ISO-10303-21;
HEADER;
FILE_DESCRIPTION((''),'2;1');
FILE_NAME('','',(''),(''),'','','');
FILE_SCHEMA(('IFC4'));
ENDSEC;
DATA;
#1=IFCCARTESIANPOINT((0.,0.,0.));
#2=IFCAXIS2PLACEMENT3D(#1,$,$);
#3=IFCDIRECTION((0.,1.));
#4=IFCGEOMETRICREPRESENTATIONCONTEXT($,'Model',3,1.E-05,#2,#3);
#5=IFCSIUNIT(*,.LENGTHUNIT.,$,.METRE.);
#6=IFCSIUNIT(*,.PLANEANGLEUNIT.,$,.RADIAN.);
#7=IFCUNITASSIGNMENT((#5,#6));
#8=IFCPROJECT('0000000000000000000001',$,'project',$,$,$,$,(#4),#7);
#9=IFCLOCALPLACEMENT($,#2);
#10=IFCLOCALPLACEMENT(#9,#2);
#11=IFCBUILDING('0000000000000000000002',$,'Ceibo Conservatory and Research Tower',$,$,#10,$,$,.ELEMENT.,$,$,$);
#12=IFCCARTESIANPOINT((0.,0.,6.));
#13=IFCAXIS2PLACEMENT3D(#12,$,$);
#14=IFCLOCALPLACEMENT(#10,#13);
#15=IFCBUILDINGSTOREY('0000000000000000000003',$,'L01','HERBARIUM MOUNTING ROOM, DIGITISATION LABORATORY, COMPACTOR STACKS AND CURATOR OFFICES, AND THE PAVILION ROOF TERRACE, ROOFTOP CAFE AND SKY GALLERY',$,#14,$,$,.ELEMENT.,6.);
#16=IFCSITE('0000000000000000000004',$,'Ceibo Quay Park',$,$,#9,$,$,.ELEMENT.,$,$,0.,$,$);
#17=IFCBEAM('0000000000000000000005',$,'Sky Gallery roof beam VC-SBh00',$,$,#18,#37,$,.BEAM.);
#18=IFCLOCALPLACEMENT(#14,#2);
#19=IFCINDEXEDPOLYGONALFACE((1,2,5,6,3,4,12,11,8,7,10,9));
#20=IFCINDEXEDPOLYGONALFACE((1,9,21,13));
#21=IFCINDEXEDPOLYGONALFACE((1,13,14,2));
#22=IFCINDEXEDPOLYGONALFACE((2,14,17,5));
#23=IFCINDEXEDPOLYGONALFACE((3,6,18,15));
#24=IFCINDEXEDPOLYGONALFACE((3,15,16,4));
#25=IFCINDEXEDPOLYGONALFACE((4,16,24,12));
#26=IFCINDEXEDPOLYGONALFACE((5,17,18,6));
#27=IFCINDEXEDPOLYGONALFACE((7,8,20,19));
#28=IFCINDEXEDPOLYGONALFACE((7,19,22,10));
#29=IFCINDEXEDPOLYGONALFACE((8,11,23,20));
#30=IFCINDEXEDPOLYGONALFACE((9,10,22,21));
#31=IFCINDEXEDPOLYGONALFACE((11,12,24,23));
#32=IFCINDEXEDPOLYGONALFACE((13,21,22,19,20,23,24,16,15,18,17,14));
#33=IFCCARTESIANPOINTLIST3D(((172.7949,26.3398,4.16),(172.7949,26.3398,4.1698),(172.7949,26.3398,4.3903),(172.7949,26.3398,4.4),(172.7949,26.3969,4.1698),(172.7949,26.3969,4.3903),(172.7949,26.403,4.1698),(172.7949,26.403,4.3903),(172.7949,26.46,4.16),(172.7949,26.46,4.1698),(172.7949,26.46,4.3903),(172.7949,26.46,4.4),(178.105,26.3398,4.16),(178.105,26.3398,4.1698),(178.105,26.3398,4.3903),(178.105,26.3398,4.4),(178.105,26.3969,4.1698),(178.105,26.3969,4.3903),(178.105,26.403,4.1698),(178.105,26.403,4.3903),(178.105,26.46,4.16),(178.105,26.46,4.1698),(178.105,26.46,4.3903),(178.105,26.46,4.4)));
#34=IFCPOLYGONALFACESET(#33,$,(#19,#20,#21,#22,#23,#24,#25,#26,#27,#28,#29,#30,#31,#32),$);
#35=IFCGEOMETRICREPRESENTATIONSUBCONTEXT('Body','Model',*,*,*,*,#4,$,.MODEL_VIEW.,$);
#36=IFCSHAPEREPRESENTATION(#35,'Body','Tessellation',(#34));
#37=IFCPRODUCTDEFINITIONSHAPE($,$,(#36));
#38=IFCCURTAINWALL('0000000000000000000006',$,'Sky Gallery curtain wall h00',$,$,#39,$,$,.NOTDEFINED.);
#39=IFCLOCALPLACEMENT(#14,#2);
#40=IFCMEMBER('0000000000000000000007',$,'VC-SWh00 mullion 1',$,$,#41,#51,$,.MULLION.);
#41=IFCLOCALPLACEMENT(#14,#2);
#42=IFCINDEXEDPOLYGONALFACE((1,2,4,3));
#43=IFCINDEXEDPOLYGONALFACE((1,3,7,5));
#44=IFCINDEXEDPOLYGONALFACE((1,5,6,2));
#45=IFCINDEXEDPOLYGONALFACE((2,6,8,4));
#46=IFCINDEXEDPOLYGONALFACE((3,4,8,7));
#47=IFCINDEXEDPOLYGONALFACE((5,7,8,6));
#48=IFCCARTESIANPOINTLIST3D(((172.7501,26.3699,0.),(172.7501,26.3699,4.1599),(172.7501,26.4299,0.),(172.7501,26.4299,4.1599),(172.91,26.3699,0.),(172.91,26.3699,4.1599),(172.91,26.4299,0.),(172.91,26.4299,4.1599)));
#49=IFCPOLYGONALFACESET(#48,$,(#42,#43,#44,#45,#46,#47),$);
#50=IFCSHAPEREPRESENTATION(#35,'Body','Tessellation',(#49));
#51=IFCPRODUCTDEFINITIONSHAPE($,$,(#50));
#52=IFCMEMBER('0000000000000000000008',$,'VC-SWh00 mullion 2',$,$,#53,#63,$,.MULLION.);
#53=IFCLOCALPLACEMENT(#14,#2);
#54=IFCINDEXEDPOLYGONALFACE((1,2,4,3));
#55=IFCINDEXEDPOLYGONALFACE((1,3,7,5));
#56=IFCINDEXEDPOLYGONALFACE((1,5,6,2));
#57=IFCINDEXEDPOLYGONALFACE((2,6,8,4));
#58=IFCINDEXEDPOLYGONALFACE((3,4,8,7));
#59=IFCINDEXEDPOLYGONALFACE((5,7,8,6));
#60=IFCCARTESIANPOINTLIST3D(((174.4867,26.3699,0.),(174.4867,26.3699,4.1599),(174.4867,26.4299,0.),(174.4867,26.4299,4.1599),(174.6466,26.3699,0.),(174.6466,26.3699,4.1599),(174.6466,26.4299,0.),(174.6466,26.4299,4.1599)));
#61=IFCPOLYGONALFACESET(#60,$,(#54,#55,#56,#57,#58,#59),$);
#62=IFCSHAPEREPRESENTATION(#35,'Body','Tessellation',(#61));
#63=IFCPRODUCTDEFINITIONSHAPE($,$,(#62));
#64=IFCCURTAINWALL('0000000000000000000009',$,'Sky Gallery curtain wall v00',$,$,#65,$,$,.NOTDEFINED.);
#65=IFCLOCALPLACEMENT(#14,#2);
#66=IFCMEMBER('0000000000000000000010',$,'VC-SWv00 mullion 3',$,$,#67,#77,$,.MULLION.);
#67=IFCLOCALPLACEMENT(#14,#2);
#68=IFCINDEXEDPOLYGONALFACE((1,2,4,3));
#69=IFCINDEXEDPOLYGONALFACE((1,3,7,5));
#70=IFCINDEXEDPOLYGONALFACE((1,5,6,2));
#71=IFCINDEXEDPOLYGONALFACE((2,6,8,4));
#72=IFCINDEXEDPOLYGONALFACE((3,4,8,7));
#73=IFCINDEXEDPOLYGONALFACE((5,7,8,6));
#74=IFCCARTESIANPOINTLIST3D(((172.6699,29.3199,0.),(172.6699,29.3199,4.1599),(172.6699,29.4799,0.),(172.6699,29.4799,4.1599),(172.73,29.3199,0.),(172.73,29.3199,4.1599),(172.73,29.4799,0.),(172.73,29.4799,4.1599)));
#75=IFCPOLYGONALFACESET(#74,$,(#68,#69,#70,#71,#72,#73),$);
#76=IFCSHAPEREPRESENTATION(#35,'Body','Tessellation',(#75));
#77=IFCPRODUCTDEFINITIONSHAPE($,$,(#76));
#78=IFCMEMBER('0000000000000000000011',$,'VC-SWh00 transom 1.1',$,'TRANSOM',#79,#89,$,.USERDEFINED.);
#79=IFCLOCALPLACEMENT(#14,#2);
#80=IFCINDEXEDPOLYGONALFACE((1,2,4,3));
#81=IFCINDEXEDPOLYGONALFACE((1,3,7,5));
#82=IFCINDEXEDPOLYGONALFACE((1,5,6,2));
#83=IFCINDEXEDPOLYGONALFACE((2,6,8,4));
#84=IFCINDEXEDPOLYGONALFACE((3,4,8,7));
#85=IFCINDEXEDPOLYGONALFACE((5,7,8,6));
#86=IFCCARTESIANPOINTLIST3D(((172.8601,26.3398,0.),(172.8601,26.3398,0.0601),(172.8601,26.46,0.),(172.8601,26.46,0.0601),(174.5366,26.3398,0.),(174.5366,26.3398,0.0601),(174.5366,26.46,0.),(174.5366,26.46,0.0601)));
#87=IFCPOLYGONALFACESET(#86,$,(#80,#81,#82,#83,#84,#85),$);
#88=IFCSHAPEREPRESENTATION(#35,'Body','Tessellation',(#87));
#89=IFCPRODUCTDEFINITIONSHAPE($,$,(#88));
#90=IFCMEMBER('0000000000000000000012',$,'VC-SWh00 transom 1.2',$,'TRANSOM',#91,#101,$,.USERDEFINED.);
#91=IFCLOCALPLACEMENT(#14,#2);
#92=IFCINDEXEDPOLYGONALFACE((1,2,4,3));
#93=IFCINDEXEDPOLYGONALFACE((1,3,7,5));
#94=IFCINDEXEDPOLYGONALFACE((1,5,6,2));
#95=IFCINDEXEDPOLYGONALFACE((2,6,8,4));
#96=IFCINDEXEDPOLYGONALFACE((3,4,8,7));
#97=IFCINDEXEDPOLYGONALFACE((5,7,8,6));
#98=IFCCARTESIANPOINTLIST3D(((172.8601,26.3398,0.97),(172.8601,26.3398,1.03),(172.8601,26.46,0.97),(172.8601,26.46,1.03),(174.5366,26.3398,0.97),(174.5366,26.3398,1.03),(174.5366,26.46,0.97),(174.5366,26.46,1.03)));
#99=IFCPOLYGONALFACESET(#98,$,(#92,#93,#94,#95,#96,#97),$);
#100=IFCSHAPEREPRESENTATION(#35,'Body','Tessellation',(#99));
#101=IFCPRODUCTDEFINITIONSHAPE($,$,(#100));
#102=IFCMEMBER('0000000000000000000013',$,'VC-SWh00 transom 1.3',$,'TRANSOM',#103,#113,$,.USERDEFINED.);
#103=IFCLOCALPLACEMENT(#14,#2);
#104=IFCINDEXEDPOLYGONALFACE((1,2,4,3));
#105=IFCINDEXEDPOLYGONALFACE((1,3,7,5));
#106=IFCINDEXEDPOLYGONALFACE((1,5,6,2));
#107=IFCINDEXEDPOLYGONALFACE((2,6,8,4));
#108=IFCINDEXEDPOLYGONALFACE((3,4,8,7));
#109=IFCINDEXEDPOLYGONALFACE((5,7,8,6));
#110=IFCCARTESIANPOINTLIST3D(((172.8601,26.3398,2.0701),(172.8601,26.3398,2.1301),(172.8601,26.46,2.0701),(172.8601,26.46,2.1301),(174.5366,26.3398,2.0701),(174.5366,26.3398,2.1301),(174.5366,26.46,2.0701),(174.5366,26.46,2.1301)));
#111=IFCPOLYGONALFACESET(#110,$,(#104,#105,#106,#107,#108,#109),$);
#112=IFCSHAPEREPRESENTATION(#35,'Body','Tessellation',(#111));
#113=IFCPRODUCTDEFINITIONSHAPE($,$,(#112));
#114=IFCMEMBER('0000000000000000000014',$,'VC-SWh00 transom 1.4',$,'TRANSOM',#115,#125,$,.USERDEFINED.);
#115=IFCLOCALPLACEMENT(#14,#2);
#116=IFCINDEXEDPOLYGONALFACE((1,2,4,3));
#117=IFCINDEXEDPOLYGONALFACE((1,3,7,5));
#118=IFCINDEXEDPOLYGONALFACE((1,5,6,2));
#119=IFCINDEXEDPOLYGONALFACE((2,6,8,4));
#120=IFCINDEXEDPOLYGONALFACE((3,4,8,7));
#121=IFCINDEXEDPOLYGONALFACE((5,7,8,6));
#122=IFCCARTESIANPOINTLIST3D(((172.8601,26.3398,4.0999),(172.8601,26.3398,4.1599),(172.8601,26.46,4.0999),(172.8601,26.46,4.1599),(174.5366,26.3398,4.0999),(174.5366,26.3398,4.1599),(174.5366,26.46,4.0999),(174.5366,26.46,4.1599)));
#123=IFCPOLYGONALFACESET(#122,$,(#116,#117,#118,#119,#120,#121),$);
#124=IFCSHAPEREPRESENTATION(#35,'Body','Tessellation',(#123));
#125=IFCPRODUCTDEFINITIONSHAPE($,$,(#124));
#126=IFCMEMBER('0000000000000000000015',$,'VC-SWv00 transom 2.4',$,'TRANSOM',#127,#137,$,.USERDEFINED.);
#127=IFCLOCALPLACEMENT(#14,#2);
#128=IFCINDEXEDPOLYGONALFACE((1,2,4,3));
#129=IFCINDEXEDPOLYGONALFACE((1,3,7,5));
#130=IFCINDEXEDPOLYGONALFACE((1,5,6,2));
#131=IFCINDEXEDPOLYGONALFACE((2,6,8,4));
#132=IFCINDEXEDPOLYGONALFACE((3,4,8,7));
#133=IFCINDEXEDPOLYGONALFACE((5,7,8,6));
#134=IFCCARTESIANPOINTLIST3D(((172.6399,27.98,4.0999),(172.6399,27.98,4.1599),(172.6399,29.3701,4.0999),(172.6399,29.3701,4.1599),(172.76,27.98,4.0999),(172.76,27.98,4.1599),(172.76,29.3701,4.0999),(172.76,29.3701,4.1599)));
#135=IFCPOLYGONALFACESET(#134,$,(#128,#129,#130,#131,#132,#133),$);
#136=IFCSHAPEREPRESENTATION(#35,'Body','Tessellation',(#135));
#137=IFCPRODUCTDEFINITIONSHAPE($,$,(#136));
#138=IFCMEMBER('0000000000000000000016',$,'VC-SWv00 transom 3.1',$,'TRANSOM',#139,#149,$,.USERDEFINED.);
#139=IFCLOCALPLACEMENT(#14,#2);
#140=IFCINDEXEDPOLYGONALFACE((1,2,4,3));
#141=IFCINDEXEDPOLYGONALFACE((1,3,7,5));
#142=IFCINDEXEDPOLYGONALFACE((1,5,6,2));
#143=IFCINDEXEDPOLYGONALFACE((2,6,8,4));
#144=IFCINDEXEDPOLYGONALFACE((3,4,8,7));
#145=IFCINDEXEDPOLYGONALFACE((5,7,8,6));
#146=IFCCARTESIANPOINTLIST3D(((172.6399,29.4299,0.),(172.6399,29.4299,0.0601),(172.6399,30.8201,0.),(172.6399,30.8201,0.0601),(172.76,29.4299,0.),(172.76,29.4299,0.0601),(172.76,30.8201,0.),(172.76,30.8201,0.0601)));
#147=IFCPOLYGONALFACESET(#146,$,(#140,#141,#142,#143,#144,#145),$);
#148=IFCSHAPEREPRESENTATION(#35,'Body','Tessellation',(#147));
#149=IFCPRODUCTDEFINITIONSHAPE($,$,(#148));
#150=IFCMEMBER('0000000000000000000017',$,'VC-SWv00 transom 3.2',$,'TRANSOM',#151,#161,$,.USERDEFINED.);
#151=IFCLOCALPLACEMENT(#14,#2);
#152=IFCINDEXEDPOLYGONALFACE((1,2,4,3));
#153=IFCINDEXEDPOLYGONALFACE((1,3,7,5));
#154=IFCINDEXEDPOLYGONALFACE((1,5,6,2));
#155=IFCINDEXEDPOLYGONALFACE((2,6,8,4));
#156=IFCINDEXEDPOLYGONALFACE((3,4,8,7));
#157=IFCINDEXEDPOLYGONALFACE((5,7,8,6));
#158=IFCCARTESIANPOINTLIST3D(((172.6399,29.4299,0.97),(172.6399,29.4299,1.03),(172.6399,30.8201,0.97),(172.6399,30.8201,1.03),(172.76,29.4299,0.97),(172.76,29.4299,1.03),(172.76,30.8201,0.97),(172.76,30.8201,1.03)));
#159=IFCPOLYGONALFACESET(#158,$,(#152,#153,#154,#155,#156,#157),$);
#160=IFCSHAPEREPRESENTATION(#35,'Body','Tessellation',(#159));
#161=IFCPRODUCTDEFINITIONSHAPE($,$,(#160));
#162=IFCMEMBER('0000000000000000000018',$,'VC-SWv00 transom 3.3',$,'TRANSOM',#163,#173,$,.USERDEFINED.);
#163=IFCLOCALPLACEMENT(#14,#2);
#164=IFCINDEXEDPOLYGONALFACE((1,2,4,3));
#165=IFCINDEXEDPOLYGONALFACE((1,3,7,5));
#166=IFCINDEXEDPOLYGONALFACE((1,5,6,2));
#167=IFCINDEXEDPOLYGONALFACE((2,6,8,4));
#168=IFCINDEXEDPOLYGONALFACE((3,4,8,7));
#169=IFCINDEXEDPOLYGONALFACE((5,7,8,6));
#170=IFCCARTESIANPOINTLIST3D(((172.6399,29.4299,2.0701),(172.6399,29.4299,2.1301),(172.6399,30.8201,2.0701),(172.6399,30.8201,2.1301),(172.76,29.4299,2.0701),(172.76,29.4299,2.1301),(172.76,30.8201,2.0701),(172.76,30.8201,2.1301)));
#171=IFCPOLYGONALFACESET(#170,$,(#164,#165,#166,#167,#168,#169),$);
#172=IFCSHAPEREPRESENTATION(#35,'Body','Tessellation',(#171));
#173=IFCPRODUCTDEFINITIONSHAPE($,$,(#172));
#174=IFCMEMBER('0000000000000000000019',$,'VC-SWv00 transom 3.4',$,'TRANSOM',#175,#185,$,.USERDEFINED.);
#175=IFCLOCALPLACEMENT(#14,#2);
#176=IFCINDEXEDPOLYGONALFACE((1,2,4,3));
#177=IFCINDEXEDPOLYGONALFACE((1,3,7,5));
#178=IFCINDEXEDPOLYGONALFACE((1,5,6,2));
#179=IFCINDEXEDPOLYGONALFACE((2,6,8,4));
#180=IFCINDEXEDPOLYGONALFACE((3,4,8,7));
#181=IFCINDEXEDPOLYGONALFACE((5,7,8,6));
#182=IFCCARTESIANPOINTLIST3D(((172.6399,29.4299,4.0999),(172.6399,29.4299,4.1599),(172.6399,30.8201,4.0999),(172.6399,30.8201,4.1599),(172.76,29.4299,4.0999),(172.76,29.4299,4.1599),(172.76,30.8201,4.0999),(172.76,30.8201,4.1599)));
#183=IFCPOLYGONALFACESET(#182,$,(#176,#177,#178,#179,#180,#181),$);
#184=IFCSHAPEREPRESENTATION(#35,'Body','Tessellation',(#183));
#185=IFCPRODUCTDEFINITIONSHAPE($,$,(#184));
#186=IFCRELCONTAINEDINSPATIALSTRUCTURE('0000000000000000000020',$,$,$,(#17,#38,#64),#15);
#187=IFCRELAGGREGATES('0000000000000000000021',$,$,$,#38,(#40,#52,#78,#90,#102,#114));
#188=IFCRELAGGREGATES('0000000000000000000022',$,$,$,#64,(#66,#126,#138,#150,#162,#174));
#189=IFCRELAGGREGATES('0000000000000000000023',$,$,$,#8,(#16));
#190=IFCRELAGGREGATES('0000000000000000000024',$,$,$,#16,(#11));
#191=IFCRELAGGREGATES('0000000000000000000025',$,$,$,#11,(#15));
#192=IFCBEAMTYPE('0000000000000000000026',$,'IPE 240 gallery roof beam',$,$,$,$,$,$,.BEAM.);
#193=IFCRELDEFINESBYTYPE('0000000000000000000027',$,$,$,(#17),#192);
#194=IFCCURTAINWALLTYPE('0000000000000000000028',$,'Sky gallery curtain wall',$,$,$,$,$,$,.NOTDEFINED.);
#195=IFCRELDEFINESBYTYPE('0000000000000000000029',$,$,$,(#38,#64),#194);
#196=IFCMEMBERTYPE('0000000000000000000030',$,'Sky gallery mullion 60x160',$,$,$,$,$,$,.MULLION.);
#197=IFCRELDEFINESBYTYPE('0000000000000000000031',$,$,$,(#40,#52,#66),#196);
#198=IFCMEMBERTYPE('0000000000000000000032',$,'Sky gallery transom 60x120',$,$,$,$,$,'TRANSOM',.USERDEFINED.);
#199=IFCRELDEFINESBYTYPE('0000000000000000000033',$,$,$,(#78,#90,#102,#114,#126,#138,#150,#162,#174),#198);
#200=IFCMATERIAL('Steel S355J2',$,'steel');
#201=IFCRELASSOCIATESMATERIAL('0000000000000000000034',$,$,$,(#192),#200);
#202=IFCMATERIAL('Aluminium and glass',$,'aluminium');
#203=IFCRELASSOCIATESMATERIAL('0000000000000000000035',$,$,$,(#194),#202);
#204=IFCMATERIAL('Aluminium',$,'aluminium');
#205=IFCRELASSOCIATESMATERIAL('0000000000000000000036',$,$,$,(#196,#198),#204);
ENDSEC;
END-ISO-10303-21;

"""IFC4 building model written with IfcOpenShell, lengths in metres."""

from ifc_helpers import new_model, si_unit, direction, frame, origin, origin_2d, place, context, subcontext, project, spatial, rectangle, i_section, extrude, material, material_profile, profile_set, type_object, element, aggregate, save


model = new_model("IFC4")

# Units and contexts
model_context = context("Model", 3, precision=1e-05, world=origin(), true_north=direction((0.0, 1.0)))
body_context = subcontext(model_context, "Body", "Model", "MODEL_VIEW")
ifc_project = project(units=[si_unit("LENGTHUNIT", "METRE"), si_unit("PLANEANGLEUNIT", "RADIAN")], contexts=[model_context])

# Site, building, storey
site_placement = place(None, origin())
site = spatial("IfcSite", under=ifc_project, at=site_placement, Name="Ceibo Quay Park", CompositionType="ELEMENT", RefElevation=0.0)
building_placement = place(site_placement, origin())
building = spatial("IfcBuilding", under=site, at=building_placement, Name="Ceibo Conservatory and Research Tower", CompositionType="ELEMENT")
storey_placement = place(building_placement, frame((0.0, 0.0, 6.0)))
storey = spatial("IfcBuildingStorey", under=building, at=storey_placement, Name="L01", Description="HERBARIUM MOUNTING ROOM, DIGITISATION LABORATORY, COMPACTOR STACKS AND CURATOR OFFICES, AND THE PAVILION ROOF TERRACE, ROOFTOP CAFE AND SKY GALLERY", CompositionType="ELEMENT", Elevation=6.0)

# Beam
ifc_material_1 = material(Name="Steel S355J2", Category="steel")
ifc_material_profile_1 = material_profile(ifc_material_1, i_section(OverallWidth=0.1201, OverallDepth=0.24, WebThickness=0.0061, FlangeThickness=0.0098, at=origin_2d()), Name="IPE 240")
ifc_profile_set_1 = profile_set([ifc_material_profile_1], Name="Steel S355J2")
beam_type = type_object("IfcBeamType", Name="IPE 240 gallery roof beam", PredefinedType="BEAM", material=ifc_profile_set_1)
beam_placement = place(storey_placement, frame((172.7949, 26.3999, 4.28), z_axis=(1.0, 0.0, 0.0), x_axis=(0.0, 1.0, 0.0)))
element("IfcBeam", 1, at=beam_placement, inside=storey, type_object=beam_type, Name="Sky Gallery roof beam VC-SBh00", PredefinedType="BEAM", context=body_context, shape_type="SweptSolid", body=[
    extrude(i_section(OverallWidth=0.1201, OverallDepth=0.24, WebThickness=0.0061, FlangeThickness=0.0098, at=origin_2d()), origin(), (0.0, 0.0, 1.0), 5.3101),
])

# Curtain wall, members
ifc_material_2 = material(Name="Aluminium and glass", Category="aluminium")
curtain_wall_type = type_object("IfcCurtainWallType", Name="Sky gallery curtain wall", PredefinedType="NOTDEFINED", material=ifc_material_2)
curtain_wall_1_placement = place(storey_placement, origin())
curtain_wall_1 = element("IfcCurtainWall", 2, at=curtain_wall_1_placement, inside=storey, type_object=curtain_wall_type, Name="Sky Gallery curtain wall h00", PredefinedType="NOTDEFINED")
ifc_material_3 = material(Name="Aluminium", Category="aluminium")
ifc_material_profile_2 = material_profile(ifc_material_3, rectangle(XDim=0.0601, YDim=0.1599, at=origin_2d()), Name="AL 60x160")
ifc_profile_set_2 = profile_set([ifc_material_profile_2], Name="Aluminium")
member_type_1 = type_object("IfcMemberType", Name="Sky gallery mullion 60x160", PredefinedType="MULLION", material=ifc_profile_set_2)
member_1_placement = place(storey_placement, frame((172.8301, 26.3999, 0.0), z_axis=(0.0, 0.0, 1.0), x_axis=(0.0, 1.0, 0.0)))
member_1 = element("IfcMember", 3, at=member_1_placement, type_object=member_type_1, Name="VC-SWh00 mullion 1", PredefinedType="MULLION", context=body_context, shape_type="SweptSolid", body=[
    extrude(rectangle(XDim=0.0601, YDim=0.1599, at=origin_2d()), origin(), (0.0, 0.0, 1.0), 4.1599),
])
member_2_placement = place(storey_placement, frame((174.5667, 26.3999, 0.0), z_axis=(0.0, 0.0, 1.0), x_axis=(0.0, 1.0, 0.0)))
member_2 = element("IfcMember", 4, at=member_2_placement, type_object=member_type_1, Name="VC-SWh00 mullion 2", PredefinedType="MULLION", context=body_context, shape_type="SweptSolid", body=[
    extrude(rectangle(XDim=0.0601, YDim=0.1599, at=origin_2d()), origin(), (0.0, 0.0, 1.0), 4.1599),
])

# Curtain wall, member
curtain_wall_2_placement = place(storey_placement, origin())
curtain_wall_2 = element("IfcCurtainWall", 5, at=curtain_wall_2_placement, inside=storey, type_object=curtain_wall_type, Name="Sky Gallery curtain wall v00", PredefinedType="NOTDEFINED")
member_3_placement = place(storey_placement, frame((172.7, 29.3999, 0.0), z_axis=(0.0, 0.0, 1.0), x_axis=(-1.0, 0.0, 0.0)))
member_3 = element("IfcMember", 6, at=member_3_placement, type_object=member_type_1, Name="VC-SWv00 mullion 3", PredefinedType="MULLION", context=body_context, shape_type="SweptSolid", body=[
    extrude(rectangle(XDim=0.0601, YDim=0.1599, at=origin_2d()), origin(), (0.0, 0.0, 1.0), 4.1599),
])

# Members
ifc_material_profile_3 = material_profile(ifc_material_3, rectangle(XDim=0.1201, YDim=0.0601, at=origin_2d()), Name="AL 60x120")
ifc_profile_set_3 = profile_set([ifc_material_profile_3], Name="Aluminium")
member_type_2 = type_object("IfcMemberType", Name="Sky gallery transom 60x120", ElementType="TRANSOM", PredefinedType="USERDEFINED", material=ifc_profile_set_3)
member_4_placement = place(storey_placement, frame((172.8601, 26.3999, 0.03), z_axis=(1.0, 0.0, 0.0), x_axis=(0.0, 1.0, 0.0)))
member_4 = element("IfcMember", 7, at=member_4_placement, type_object=member_type_2, Name="VC-SWh00 transom 1.1", ObjectType="TRANSOM", PredefinedType="USERDEFINED", context=body_context, shape_type="SweptSolid", body=[
    extrude(rectangle(XDim=0.1201, YDim=0.0601, at=origin_2d()), origin(), (0.0, 0.0, 1.0), 1.6765),
])
member_5_placement = place(storey_placement, frame((172.8601, 26.3999, 1.0), z_axis=(1.0, 0.0, 0.0), x_axis=(0.0, 1.0, 0.0)))
member_5 = element("IfcMember", 8, at=member_5_placement, type_object=member_type_2, Name="VC-SWh00 transom 1.2", ObjectType="TRANSOM", PredefinedType="USERDEFINED", context=body_context, shape_type="SweptSolid", body=[
    extrude(rectangle(XDim=0.1201, YDim=0.0601, at=origin_2d()), origin(), (0.0, 0.0, 1.0), 1.6765),
])
member_6_placement = place(storey_placement, frame((172.8601, 26.3999, 2.1001), z_axis=(1.0, 0.0, 0.0), x_axis=(0.0, 1.0, 0.0)))
member_6 = element("IfcMember", 9, at=member_6_placement, type_object=member_type_2, Name="VC-SWh00 transom 1.3", ObjectType="TRANSOM", PredefinedType="USERDEFINED", context=body_context, shape_type="SweptSolid", body=[
    extrude(rectangle(XDim=0.1201, YDim=0.0601, at=origin_2d()), origin(), (0.0, 0.0, 1.0), 1.6765),
])
member_7_placement = place(storey_placement, frame((172.8601, 26.3999, 4.1299), z_axis=(1.0, 0.0, 0.0), x_axis=(0.0, 1.0, 0.0)))
member_7 = element("IfcMember", 10, at=member_7_placement, type_object=member_type_2, Name="VC-SWh00 transom 1.4", ObjectType="TRANSOM", PredefinedType="USERDEFINED", context=body_context, shape_type="SweptSolid", body=[
    extrude(rectangle(XDim=0.1201, YDim=0.0601, at=origin_2d()), origin(), (0.0, 0.0, 1.0), 1.6765),
])
member_8_placement = place(storey_placement, frame((172.7, 27.98, 4.1299), z_axis=(0.0, 1.0, 0.0), x_axis=(-1.0, 0.0, 0.0)))
member_8 = element("IfcMember", 11, at=member_8_placement, type_object=member_type_2, Name="VC-SWv00 transom 2.4", ObjectType="TRANSOM", PredefinedType="USERDEFINED", context=body_context, shape_type="SweptSolid", body=[
    extrude(rectangle(XDim=0.1201, YDim=0.0601, at=origin_2d()), origin(), (0.0, 0.0, 1.0), 1.3901),
])
member_9_placement = place(storey_placement, frame((172.7, 29.4299, 0.03), z_axis=(0.0, 1.0, 0.0), x_axis=(-1.0, 0.0, 0.0)))
member_9 = element("IfcMember", 12, at=member_9_placement, type_object=member_type_2, Name="VC-SWv00 transom 3.1", ObjectType="TRANSOM", PredefinedType="USERDEFINED", context=body_context, shape_type="SweptSolid", body=[
    extrude(rectangle(XDim=0.1201, YDim=0.0601, at=origin_2d()), origin(), (0.0, 0.0, 1.0), 1.3901),
])
member_10_placement = place(storey_placement, frame((172.7, 29.4299, 1.0), z_axis=(0.0, 1.0, 0.0), x_axis=(-1.0, 0.0, 0.0)))
member_10 = element("IfcMember", 13, at=member_10_placement, type_object=member_type_2, Name="VC-SWv00 transom 3.2", ObjectType="TRANSOM", PredefinedType="USERDEFINED", context=body_context, shape_type="SweptSolid", body=[
    extrude(rectangle(XDim=0.1201, YDim=0.0601, at=origin_2d()), origin(), (0.0, 0.0, 1.0), 1.3901),
])
member_11_placement = place(storey_placement, frame((172.7, 29.4299, 2.1001), z_axis=(0.0, 1.0, 0.0), x_axis=(-1.0, 0.0, 0.0)))
member_11 = element("IfcMember", 14, at=member_11_placement, type_object=member_type_2, Name="VC-SWv00 transom 3.3", ObjectType="TRANSOM", PredefinedType="USERDEFINED", context=body_context, shape_type="SweptSolid", body=[
    extrude(rectangle(XDim=0.1201, YDim=0.0601, at=origin_2d()), origin(), (0.0, 0.0, 1.0), 1.3901),
])
member_12_placement = place(storey_placement, frame((172.7, 29.4299, 4.1299), z_axis=(0.0, 1.0, 0.0), x_axis=(-1.0, 0.0, 0.0)))
member_12 = element("IfcMember", 15, at=member_12_placement, type_object=member_type_2, Name="VC-SWv00 transom 3.4", ObjectType="TRANSOM", PredefinedType="USERDEFINED", context=body_context, shape_type="SweptSolid", body=[
    extrude(rectangle(XDim=0.1201, YDim=0.0601, at=origin_2d()), origin(), (0.0, 0.0, 1.0), 1.3901),
])

aggregate(curtain_wall_1, [member_1, member_2, member_4, member_5, member_6, member_7])
aggregate(curtain_wall_2, [member_3, member_8, member_9, member_10, member_11, member_12])

save(model, "model.ifc")
